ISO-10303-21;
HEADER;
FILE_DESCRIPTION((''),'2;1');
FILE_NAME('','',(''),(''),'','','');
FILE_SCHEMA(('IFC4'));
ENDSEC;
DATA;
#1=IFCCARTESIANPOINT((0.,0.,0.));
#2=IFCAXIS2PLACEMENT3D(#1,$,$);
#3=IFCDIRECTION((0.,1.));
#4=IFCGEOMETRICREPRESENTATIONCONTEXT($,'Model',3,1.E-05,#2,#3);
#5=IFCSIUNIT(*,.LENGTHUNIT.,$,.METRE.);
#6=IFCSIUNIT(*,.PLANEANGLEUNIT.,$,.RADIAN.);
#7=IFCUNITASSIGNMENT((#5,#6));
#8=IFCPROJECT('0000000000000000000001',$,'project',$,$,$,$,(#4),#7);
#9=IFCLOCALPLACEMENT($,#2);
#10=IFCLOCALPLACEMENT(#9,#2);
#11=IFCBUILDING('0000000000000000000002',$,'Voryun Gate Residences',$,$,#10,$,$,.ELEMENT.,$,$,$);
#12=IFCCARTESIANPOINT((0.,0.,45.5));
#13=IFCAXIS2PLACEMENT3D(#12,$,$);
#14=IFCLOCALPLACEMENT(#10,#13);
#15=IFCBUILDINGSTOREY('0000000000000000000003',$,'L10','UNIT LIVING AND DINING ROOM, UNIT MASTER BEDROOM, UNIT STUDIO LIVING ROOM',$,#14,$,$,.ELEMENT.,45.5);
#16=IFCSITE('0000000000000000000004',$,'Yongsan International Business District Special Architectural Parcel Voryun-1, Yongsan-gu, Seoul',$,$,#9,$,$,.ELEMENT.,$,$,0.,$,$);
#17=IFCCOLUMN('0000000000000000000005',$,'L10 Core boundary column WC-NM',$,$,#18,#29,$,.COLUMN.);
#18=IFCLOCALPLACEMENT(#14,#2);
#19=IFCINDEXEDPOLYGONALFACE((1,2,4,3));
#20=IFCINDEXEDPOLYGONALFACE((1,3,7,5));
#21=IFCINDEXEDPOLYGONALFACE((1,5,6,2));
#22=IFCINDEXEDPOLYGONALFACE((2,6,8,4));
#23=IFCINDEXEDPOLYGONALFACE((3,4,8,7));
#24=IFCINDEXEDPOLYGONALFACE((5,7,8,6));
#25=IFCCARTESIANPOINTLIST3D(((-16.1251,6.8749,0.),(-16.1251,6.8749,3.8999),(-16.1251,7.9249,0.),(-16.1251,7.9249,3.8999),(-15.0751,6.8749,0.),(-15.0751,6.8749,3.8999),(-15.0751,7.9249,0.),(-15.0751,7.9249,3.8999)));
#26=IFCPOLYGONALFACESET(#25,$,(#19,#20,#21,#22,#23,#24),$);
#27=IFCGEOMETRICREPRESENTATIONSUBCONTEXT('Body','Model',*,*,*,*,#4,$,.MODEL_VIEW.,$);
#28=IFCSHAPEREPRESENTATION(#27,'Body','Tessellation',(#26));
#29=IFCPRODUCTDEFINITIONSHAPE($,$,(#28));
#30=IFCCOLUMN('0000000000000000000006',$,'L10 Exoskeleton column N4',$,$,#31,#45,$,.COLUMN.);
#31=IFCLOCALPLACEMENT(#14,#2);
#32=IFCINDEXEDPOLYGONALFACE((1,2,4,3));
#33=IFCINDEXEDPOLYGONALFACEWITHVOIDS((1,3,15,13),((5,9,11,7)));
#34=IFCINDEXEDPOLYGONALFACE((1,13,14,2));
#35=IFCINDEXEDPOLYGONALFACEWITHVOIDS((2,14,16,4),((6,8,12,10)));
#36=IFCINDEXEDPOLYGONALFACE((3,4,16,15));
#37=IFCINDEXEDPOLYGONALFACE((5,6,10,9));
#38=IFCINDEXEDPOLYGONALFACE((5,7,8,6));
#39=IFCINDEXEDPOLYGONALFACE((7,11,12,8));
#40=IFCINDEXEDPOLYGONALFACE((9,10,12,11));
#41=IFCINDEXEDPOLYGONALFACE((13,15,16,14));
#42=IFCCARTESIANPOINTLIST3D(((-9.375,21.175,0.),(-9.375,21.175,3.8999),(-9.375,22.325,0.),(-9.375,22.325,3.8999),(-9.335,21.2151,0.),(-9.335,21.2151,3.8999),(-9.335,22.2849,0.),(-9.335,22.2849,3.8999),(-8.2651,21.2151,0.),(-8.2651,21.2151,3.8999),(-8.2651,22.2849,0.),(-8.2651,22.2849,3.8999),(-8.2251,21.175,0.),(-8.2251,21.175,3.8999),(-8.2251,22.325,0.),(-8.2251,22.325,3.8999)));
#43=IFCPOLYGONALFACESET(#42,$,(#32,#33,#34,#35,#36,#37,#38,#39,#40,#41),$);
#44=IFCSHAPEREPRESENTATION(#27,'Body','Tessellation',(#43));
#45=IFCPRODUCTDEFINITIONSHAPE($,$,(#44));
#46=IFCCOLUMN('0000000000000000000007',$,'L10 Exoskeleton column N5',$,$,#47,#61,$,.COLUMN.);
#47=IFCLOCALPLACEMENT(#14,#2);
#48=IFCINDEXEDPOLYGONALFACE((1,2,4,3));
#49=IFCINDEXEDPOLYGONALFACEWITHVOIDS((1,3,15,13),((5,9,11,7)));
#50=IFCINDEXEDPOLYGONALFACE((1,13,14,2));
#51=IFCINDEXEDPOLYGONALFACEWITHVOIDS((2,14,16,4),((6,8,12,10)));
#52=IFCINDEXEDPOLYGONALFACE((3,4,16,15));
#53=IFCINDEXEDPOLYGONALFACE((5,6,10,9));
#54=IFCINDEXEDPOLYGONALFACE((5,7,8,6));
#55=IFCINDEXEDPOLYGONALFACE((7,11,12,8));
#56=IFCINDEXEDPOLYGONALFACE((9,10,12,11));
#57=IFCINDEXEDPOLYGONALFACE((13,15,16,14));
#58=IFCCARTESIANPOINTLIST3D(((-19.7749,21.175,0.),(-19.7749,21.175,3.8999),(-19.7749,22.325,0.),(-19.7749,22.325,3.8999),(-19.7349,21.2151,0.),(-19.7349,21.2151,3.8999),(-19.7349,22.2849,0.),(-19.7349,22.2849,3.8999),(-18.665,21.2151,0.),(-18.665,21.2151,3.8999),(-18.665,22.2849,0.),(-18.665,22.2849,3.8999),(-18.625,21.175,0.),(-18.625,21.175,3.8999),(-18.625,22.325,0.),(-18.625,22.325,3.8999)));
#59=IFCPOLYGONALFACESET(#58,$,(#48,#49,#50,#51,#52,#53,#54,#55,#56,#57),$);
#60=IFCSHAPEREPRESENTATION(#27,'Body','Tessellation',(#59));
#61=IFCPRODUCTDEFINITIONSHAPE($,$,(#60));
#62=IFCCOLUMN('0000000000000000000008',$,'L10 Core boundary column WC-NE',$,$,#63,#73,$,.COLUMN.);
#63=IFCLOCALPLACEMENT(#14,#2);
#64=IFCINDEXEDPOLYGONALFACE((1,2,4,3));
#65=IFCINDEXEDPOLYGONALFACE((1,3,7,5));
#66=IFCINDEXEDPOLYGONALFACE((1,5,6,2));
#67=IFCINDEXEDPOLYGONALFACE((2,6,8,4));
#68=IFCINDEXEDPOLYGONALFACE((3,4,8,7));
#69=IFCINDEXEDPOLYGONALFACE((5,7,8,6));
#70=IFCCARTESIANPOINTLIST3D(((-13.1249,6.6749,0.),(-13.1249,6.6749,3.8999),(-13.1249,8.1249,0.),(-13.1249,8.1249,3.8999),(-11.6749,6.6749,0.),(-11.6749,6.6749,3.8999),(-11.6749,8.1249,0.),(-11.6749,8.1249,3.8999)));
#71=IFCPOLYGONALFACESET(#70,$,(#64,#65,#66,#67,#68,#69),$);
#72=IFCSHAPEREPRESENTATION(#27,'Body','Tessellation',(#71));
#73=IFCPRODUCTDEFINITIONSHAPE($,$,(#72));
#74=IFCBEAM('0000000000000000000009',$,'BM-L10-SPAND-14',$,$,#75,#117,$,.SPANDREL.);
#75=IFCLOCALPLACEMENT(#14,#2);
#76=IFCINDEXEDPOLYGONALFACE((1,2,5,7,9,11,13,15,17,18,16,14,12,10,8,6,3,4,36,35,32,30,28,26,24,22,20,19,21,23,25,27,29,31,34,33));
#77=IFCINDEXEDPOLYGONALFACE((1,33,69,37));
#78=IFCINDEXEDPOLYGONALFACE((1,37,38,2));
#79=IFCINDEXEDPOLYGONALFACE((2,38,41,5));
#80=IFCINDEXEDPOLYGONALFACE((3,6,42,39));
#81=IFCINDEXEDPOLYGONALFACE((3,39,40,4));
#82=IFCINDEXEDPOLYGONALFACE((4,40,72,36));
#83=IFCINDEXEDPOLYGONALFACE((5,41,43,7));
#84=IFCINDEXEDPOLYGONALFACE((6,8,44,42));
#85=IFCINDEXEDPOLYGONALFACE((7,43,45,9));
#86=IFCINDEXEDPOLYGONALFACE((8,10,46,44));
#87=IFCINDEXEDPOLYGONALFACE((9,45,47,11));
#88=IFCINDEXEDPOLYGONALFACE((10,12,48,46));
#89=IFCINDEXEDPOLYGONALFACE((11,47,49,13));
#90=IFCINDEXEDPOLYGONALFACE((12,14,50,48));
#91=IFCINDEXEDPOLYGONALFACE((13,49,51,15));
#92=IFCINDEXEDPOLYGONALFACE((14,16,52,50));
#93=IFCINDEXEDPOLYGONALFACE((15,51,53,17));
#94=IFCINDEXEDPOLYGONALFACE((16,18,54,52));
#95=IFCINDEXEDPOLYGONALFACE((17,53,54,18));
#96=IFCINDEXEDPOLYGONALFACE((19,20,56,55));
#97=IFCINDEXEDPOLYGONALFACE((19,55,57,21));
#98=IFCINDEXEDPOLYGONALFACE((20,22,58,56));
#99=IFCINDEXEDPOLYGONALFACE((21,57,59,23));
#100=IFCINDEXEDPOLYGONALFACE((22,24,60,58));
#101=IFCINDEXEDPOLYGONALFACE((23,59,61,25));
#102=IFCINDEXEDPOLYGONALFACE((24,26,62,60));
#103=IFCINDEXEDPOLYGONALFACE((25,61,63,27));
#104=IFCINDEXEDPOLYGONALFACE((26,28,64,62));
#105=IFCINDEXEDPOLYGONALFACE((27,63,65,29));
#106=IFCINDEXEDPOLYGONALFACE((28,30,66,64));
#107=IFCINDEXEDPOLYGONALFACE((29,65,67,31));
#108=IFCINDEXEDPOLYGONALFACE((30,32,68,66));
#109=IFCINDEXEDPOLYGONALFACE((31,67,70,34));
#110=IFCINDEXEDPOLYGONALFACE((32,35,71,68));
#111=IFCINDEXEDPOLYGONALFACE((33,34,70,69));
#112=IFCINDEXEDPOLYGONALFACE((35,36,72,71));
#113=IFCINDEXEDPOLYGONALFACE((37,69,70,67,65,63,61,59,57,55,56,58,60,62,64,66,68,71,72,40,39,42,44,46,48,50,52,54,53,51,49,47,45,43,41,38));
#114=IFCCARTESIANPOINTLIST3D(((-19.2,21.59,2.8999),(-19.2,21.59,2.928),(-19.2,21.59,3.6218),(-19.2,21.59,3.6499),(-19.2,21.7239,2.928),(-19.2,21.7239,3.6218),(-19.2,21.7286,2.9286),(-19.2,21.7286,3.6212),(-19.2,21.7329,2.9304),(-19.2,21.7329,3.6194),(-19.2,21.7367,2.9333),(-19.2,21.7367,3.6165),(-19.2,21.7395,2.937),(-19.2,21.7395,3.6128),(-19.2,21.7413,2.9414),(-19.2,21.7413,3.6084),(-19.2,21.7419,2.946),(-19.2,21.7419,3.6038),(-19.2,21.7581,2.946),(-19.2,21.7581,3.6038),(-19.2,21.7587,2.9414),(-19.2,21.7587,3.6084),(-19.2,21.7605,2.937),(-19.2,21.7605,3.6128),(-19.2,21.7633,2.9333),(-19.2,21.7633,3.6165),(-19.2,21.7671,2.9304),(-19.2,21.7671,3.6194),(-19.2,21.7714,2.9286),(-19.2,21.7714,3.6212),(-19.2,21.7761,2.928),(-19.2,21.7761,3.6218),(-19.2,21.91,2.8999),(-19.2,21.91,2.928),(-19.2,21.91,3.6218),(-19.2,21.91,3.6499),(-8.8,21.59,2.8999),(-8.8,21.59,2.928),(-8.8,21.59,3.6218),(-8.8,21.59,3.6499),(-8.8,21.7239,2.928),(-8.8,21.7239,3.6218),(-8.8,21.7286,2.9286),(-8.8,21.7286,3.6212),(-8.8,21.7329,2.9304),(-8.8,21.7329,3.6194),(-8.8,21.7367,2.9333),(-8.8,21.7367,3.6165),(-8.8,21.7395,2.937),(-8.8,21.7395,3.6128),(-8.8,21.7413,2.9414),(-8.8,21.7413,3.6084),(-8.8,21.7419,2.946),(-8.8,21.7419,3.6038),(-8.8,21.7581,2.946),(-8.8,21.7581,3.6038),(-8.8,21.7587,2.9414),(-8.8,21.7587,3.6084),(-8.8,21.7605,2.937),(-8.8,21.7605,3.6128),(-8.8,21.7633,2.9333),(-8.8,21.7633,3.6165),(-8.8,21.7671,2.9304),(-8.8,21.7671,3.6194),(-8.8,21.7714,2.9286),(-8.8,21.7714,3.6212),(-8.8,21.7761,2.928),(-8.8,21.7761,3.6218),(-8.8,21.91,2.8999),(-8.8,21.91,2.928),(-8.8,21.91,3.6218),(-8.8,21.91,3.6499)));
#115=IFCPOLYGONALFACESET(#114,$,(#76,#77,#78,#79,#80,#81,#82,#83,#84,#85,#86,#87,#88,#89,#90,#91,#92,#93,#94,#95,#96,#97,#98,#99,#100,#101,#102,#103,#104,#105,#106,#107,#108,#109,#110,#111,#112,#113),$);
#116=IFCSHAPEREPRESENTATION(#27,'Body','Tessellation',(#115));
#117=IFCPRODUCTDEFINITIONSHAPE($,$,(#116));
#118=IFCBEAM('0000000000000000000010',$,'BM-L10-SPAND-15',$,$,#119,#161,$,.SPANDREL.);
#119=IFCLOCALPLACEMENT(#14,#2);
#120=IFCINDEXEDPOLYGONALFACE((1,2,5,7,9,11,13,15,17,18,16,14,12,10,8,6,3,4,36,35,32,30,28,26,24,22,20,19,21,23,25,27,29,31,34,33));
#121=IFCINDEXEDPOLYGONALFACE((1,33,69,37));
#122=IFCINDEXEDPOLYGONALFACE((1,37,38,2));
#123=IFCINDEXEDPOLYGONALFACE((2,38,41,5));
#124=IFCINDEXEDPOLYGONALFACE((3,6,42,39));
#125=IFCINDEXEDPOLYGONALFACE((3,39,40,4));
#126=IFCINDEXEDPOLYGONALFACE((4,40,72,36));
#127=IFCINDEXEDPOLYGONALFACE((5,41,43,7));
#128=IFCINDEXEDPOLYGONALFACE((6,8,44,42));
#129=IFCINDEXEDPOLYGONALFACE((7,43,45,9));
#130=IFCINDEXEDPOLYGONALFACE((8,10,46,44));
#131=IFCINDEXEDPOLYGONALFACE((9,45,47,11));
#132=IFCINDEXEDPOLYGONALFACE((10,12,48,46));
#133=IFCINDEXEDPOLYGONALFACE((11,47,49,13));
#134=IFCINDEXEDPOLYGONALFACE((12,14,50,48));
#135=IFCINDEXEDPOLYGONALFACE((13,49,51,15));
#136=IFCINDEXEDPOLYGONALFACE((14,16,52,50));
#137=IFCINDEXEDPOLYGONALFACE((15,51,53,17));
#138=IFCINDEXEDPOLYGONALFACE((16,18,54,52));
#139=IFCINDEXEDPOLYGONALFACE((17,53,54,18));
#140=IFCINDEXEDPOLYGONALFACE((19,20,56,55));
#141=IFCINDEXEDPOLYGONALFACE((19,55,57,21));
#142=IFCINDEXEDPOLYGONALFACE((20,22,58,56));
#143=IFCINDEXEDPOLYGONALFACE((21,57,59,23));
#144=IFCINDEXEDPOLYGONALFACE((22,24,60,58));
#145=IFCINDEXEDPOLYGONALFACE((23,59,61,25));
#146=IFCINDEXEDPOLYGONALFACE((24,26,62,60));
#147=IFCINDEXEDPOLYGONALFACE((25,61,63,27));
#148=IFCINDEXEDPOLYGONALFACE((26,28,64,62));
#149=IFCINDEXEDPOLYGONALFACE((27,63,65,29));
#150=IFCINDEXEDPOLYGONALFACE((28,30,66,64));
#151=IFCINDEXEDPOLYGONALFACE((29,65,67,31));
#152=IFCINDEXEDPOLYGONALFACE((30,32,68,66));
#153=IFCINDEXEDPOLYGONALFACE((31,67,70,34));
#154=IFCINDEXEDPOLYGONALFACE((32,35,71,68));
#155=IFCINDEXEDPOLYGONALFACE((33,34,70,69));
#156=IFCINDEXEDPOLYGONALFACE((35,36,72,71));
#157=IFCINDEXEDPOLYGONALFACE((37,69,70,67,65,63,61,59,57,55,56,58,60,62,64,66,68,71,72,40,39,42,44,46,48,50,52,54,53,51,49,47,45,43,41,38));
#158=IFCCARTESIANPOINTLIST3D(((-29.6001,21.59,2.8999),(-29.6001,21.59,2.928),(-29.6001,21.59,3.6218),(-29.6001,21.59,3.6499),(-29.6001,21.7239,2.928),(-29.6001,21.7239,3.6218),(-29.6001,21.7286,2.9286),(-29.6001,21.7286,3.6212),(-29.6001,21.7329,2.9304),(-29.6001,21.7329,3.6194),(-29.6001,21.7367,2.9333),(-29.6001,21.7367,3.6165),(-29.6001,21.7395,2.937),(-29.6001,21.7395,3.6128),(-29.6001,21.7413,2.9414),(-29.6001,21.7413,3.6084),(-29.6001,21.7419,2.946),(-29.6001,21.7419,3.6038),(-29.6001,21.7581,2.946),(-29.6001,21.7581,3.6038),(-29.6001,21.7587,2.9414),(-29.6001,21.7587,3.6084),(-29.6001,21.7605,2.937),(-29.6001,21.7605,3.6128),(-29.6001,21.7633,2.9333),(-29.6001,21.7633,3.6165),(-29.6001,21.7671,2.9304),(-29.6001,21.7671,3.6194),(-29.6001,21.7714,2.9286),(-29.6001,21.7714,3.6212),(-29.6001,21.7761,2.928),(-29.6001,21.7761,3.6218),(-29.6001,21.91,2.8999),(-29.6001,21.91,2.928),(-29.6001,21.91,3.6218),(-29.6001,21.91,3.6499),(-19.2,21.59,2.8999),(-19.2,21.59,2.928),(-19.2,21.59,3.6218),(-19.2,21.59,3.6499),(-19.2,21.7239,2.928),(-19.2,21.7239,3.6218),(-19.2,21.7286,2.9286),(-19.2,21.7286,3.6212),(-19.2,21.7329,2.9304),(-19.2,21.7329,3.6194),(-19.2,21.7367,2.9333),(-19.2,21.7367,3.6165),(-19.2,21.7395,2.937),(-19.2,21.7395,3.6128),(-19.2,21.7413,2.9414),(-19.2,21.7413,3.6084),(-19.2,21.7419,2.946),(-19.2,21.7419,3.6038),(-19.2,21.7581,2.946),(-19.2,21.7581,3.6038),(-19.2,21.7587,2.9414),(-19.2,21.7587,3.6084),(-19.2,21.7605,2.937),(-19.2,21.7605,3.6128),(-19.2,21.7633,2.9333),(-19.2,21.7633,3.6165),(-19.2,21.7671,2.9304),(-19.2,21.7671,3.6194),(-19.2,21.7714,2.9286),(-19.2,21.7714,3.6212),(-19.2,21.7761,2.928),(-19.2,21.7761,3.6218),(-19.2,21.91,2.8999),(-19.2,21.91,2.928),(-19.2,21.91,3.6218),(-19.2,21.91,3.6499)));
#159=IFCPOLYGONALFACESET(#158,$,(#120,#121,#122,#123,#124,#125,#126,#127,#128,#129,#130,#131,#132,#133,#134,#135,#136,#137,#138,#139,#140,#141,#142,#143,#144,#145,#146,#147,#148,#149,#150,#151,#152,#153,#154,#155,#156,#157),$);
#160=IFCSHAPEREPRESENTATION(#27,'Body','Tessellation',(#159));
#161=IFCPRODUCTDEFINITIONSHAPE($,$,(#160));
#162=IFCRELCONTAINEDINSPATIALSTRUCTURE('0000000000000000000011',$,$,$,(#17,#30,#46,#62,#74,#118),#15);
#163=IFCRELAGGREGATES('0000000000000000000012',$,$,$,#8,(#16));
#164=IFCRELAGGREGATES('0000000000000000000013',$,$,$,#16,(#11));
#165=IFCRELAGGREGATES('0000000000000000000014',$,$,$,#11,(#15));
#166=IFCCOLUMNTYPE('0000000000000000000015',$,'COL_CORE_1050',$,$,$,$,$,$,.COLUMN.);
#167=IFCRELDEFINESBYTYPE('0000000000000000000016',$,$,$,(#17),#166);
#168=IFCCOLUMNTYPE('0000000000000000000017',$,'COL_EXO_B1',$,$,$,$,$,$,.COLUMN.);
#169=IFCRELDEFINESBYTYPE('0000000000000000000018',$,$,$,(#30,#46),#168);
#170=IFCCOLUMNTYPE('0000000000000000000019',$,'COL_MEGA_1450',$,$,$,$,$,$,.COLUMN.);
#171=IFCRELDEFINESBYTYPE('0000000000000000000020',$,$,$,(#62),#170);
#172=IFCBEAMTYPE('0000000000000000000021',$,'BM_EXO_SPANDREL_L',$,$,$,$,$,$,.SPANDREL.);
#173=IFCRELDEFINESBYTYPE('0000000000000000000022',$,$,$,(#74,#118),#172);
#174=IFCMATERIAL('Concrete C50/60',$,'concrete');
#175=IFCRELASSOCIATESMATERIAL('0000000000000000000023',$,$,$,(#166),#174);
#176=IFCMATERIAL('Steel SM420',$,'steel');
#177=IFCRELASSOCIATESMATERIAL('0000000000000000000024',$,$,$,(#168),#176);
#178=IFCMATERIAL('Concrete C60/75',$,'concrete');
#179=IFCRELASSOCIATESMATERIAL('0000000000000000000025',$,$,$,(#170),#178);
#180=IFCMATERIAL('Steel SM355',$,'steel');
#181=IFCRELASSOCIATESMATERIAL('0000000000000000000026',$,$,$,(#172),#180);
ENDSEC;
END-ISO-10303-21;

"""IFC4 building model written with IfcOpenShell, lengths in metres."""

from ifc_helpers import new_model, si_unit, direction, frame, origin, origin_2d, place, context, subcontext, project, spatial, rectangle, hollow_rectangle, i_section, extrude, material, material_profile, profile_set, type_object, element, save


model = new_model("IFC4")

# Units and contexts
model_context = context("Model", 3, precision=1e-05, world=origin(), true_north=direction((0.0, 1.0)))
body_context = subcontext(model_context, "Body", "Model", "MODEL_VIEW")
ifc_project = project(units=[si_unit("LENGTHUNIT", "METRE"), si_unit("PLANEANGLEUNIT", "RADIAN")], contexts=[model_context])

# Site, building, storey
site_placement = place(None, origin())
site = spatial("IfcSite", under=ifc_project, at=site_placement, Name="Yongsan International Business District Special Architectural Parcel Voryun-1, Yongsan-gu, Seoul", CompositionType="ELEMENT", RefElevation=0.0)
building_placement = place(site_placement, origin())
building = spatial("IfcBuilding", under=site, at=building_placement, Name="Voryun Gate Residences", CompositionType="ELEMENT")
storey_placement = place(building_placement, frame((0.0, 0.0, 45.5)))
storey = spatial("IfcBuildingStorey", under=building, at=storey_placement, Name="L10", Description="UNIT LIVING AND DINING ROOM, UNIT MASTER BEDROOM, UNIT STUDIO LIVING ROOM", CompositionType="ELEMENT", Elevation=45.5)

# Columns
ifc_material_1 = material(Name="Concrete C50/60", Category="concrete")
ifc_material_profile_1 = material_profile(ifc_material_1, rectangle(XDim=1.05, YDim=1.05, at=origin_2d()), Name="RC-1050x1050")
ifc_profile_set_1 = profile_set([ifc_material_profile_1], Name="Concrete C50/60")
column_type_1 = type_object("IfcColumnType", Name="COL_CORE_1050", PredefinedType="COLUMN", material=ifc_profile_set_1)
column_1_placement = place(storey_placement, frame((-15.6001, 7.3999, 0.0), z_axis=(0.0, 0.0, 1.0), x_axis=(1.0, 0.0, 0.0)))
element("IfcColumn", 1, at=column_1_placement, inside=storey, type_object=column_type_1, Name="L10 Core boundary column WC-NM", PredefinedType="COLUMN", context=body_context, shape_type="SweptSolid", body=[
    extrude(rectangle(XDim=1.05, YDim=1.05, at=origin_2d()), origin(), (0.0, 0.0, 1.0), 3.8999),
])
ifc_material_2 = material(Name="Steel SM420", Category="steel")
ifc_material_profile_2 = material_profile(ifc_material_2, hollow_rectangle(XDim=1.1499, YDim=1.1499, WallThickness=0.04, at=origin_2d()), Name="BOX-1150x1150x40")
ifc_profile_set_2 = profile_set([ifc_material_profile_2], Name="Steel SM420")
column_type_2 = type_object("IfcColumnType", Name="COL_EXO_B1", PredefinedType="COLUMN", material=ifc_profile_set_2)
for number, where, z_axis, x_axis, name in (
    (2, (-8.8, 21.75, 0.0), (0.0, 0.0, 1.0), (1.0, 0.0, 0.0), "L10 Exoskeleton column N4"),
    (3, (-19.2, 21.75, 0.0), (0.0, 0.0, 1.0), (1.0, 0.0, 0.0), "L10 Exoskeleton column N5"),
):
    element("IfcColumn", number, at=place(storey_placement, frame(where, z_axis=z_axis, x_axis=x_axis)), inside=storey, type_object=column_type_2, Name=name, PredefinedType="COLUMN", context=body_context, shape_type="SweptSolid", body=[
        extrude(hollow_rectangle(XDim=1.1499, YDim=1.1499, WallThickness=0.04, at=origin_2d()), origin(), (0.0, 0.0, 1.0), 3.8999),
    ])
ifc_material_3 = material(Name="Concrete C60/75", Category="concrete")
ifc_material_profile_3 = material_profile(ifc_material_3, rectangle(XDim=1.45, YDim=1.45, at=origin_2d()), Name="RC-1450x1450")
ifc_profile_set_3 = profile_set([ifc_material_profile_3], Name="Concrete C60/75")
column_type_3 = type_object("IfcColumnType", Name="COL_MEGA_1450", PredefinedType="COLUMN", material=ifc_profile_set_3)
column_2_placement = place(storey_placement, frame((-12.3999, 7.3999, 0.0), z_axis=(0.0, 0.0, 1.0), x_axis=(1.0, 0.0, 0.0)))
element("IfcColumn", 4, at=column_2_placement, inside=storey, type_object=column_type_3, Name="L10 Core boundary column WC-NE", PredefinedType="COLUMN", context=body_context, shape_type="SweptSolid", body=[
    extrude(rectangle(XDim=1.45, YDim=1.45, at=origin_2d()), origin(), (0.0, 0.0, 1.0), 3.8999),
])

# Beams
ifc_material_4 = material(Name="Steel SM355", Category="steel")
ifc_material_profile_4 = material_profile(ifc_material_4, i_section(OverallWidth=0.3201, OverallDepth=0.75, WebThickness=0.0161, FlangeThickness=0.0281, FilletRadius=0.0181, at=origin_2d()), Name="H-750x320x16x28")
ifc_profile_set_4 = profile_set([ifc_material_profile_4], Name="Steel SM355")
beam_type_1 = type_object("IfcBeamType", Name="BM_EXO_SPANDREL_L", PredefinedType="SPANDREL", material=ifc_profile_set_4)
beam_1_placement = place(storey_placement, frame((-8.8, 21.75, 3.2749), z_axis=(-1.0, 0.0, 0.0), x_axis=(0.0, -1.0, 0.0)))
element("IfcBeam", 5, at=beam_1_placement, inside=storey, type_object=beam_type_1, Name="BM-L10-SPAND-14", PredefinedType="SPANDREL", context=body_context, shape_type="SweptSolid", body=[
    extrude(i_section(OverallWidth=0.3201, OverallDepth=0.75, WebThickness=0.0161, FlangeThickness=0.0281, FilletRadius=0.0181, at=origin_2d()), origin(), (0.0, 0.0, 1.0), 10.3999),
])
beam_2_placement = place(storey_placement, frame((-19.2, 21.75, 3.2749), z_axis=(-1.0, 0.0, 0.0), x_axis=(0.0, -1.0, 0.0)))
element("IfcBeam", 6, at=beam_2_placement, inside=storey, type_object=beam_type_1, Name="BM-L10-SPAND-15", PredefinedType="SPANDREL", context=body_context, shape_type="SweptSolid", body=[
    extrude(i_section(OverallWidth=0.3201, OverallDepth=0.75, WebThickness=0.0161, FlangeThickness=0.0281, FilletRadius=0.0181, at=origin_2d()), origin(), (0.0, 0.0, 1.0), 10.4001),
])

save(model, "model.ifc")
